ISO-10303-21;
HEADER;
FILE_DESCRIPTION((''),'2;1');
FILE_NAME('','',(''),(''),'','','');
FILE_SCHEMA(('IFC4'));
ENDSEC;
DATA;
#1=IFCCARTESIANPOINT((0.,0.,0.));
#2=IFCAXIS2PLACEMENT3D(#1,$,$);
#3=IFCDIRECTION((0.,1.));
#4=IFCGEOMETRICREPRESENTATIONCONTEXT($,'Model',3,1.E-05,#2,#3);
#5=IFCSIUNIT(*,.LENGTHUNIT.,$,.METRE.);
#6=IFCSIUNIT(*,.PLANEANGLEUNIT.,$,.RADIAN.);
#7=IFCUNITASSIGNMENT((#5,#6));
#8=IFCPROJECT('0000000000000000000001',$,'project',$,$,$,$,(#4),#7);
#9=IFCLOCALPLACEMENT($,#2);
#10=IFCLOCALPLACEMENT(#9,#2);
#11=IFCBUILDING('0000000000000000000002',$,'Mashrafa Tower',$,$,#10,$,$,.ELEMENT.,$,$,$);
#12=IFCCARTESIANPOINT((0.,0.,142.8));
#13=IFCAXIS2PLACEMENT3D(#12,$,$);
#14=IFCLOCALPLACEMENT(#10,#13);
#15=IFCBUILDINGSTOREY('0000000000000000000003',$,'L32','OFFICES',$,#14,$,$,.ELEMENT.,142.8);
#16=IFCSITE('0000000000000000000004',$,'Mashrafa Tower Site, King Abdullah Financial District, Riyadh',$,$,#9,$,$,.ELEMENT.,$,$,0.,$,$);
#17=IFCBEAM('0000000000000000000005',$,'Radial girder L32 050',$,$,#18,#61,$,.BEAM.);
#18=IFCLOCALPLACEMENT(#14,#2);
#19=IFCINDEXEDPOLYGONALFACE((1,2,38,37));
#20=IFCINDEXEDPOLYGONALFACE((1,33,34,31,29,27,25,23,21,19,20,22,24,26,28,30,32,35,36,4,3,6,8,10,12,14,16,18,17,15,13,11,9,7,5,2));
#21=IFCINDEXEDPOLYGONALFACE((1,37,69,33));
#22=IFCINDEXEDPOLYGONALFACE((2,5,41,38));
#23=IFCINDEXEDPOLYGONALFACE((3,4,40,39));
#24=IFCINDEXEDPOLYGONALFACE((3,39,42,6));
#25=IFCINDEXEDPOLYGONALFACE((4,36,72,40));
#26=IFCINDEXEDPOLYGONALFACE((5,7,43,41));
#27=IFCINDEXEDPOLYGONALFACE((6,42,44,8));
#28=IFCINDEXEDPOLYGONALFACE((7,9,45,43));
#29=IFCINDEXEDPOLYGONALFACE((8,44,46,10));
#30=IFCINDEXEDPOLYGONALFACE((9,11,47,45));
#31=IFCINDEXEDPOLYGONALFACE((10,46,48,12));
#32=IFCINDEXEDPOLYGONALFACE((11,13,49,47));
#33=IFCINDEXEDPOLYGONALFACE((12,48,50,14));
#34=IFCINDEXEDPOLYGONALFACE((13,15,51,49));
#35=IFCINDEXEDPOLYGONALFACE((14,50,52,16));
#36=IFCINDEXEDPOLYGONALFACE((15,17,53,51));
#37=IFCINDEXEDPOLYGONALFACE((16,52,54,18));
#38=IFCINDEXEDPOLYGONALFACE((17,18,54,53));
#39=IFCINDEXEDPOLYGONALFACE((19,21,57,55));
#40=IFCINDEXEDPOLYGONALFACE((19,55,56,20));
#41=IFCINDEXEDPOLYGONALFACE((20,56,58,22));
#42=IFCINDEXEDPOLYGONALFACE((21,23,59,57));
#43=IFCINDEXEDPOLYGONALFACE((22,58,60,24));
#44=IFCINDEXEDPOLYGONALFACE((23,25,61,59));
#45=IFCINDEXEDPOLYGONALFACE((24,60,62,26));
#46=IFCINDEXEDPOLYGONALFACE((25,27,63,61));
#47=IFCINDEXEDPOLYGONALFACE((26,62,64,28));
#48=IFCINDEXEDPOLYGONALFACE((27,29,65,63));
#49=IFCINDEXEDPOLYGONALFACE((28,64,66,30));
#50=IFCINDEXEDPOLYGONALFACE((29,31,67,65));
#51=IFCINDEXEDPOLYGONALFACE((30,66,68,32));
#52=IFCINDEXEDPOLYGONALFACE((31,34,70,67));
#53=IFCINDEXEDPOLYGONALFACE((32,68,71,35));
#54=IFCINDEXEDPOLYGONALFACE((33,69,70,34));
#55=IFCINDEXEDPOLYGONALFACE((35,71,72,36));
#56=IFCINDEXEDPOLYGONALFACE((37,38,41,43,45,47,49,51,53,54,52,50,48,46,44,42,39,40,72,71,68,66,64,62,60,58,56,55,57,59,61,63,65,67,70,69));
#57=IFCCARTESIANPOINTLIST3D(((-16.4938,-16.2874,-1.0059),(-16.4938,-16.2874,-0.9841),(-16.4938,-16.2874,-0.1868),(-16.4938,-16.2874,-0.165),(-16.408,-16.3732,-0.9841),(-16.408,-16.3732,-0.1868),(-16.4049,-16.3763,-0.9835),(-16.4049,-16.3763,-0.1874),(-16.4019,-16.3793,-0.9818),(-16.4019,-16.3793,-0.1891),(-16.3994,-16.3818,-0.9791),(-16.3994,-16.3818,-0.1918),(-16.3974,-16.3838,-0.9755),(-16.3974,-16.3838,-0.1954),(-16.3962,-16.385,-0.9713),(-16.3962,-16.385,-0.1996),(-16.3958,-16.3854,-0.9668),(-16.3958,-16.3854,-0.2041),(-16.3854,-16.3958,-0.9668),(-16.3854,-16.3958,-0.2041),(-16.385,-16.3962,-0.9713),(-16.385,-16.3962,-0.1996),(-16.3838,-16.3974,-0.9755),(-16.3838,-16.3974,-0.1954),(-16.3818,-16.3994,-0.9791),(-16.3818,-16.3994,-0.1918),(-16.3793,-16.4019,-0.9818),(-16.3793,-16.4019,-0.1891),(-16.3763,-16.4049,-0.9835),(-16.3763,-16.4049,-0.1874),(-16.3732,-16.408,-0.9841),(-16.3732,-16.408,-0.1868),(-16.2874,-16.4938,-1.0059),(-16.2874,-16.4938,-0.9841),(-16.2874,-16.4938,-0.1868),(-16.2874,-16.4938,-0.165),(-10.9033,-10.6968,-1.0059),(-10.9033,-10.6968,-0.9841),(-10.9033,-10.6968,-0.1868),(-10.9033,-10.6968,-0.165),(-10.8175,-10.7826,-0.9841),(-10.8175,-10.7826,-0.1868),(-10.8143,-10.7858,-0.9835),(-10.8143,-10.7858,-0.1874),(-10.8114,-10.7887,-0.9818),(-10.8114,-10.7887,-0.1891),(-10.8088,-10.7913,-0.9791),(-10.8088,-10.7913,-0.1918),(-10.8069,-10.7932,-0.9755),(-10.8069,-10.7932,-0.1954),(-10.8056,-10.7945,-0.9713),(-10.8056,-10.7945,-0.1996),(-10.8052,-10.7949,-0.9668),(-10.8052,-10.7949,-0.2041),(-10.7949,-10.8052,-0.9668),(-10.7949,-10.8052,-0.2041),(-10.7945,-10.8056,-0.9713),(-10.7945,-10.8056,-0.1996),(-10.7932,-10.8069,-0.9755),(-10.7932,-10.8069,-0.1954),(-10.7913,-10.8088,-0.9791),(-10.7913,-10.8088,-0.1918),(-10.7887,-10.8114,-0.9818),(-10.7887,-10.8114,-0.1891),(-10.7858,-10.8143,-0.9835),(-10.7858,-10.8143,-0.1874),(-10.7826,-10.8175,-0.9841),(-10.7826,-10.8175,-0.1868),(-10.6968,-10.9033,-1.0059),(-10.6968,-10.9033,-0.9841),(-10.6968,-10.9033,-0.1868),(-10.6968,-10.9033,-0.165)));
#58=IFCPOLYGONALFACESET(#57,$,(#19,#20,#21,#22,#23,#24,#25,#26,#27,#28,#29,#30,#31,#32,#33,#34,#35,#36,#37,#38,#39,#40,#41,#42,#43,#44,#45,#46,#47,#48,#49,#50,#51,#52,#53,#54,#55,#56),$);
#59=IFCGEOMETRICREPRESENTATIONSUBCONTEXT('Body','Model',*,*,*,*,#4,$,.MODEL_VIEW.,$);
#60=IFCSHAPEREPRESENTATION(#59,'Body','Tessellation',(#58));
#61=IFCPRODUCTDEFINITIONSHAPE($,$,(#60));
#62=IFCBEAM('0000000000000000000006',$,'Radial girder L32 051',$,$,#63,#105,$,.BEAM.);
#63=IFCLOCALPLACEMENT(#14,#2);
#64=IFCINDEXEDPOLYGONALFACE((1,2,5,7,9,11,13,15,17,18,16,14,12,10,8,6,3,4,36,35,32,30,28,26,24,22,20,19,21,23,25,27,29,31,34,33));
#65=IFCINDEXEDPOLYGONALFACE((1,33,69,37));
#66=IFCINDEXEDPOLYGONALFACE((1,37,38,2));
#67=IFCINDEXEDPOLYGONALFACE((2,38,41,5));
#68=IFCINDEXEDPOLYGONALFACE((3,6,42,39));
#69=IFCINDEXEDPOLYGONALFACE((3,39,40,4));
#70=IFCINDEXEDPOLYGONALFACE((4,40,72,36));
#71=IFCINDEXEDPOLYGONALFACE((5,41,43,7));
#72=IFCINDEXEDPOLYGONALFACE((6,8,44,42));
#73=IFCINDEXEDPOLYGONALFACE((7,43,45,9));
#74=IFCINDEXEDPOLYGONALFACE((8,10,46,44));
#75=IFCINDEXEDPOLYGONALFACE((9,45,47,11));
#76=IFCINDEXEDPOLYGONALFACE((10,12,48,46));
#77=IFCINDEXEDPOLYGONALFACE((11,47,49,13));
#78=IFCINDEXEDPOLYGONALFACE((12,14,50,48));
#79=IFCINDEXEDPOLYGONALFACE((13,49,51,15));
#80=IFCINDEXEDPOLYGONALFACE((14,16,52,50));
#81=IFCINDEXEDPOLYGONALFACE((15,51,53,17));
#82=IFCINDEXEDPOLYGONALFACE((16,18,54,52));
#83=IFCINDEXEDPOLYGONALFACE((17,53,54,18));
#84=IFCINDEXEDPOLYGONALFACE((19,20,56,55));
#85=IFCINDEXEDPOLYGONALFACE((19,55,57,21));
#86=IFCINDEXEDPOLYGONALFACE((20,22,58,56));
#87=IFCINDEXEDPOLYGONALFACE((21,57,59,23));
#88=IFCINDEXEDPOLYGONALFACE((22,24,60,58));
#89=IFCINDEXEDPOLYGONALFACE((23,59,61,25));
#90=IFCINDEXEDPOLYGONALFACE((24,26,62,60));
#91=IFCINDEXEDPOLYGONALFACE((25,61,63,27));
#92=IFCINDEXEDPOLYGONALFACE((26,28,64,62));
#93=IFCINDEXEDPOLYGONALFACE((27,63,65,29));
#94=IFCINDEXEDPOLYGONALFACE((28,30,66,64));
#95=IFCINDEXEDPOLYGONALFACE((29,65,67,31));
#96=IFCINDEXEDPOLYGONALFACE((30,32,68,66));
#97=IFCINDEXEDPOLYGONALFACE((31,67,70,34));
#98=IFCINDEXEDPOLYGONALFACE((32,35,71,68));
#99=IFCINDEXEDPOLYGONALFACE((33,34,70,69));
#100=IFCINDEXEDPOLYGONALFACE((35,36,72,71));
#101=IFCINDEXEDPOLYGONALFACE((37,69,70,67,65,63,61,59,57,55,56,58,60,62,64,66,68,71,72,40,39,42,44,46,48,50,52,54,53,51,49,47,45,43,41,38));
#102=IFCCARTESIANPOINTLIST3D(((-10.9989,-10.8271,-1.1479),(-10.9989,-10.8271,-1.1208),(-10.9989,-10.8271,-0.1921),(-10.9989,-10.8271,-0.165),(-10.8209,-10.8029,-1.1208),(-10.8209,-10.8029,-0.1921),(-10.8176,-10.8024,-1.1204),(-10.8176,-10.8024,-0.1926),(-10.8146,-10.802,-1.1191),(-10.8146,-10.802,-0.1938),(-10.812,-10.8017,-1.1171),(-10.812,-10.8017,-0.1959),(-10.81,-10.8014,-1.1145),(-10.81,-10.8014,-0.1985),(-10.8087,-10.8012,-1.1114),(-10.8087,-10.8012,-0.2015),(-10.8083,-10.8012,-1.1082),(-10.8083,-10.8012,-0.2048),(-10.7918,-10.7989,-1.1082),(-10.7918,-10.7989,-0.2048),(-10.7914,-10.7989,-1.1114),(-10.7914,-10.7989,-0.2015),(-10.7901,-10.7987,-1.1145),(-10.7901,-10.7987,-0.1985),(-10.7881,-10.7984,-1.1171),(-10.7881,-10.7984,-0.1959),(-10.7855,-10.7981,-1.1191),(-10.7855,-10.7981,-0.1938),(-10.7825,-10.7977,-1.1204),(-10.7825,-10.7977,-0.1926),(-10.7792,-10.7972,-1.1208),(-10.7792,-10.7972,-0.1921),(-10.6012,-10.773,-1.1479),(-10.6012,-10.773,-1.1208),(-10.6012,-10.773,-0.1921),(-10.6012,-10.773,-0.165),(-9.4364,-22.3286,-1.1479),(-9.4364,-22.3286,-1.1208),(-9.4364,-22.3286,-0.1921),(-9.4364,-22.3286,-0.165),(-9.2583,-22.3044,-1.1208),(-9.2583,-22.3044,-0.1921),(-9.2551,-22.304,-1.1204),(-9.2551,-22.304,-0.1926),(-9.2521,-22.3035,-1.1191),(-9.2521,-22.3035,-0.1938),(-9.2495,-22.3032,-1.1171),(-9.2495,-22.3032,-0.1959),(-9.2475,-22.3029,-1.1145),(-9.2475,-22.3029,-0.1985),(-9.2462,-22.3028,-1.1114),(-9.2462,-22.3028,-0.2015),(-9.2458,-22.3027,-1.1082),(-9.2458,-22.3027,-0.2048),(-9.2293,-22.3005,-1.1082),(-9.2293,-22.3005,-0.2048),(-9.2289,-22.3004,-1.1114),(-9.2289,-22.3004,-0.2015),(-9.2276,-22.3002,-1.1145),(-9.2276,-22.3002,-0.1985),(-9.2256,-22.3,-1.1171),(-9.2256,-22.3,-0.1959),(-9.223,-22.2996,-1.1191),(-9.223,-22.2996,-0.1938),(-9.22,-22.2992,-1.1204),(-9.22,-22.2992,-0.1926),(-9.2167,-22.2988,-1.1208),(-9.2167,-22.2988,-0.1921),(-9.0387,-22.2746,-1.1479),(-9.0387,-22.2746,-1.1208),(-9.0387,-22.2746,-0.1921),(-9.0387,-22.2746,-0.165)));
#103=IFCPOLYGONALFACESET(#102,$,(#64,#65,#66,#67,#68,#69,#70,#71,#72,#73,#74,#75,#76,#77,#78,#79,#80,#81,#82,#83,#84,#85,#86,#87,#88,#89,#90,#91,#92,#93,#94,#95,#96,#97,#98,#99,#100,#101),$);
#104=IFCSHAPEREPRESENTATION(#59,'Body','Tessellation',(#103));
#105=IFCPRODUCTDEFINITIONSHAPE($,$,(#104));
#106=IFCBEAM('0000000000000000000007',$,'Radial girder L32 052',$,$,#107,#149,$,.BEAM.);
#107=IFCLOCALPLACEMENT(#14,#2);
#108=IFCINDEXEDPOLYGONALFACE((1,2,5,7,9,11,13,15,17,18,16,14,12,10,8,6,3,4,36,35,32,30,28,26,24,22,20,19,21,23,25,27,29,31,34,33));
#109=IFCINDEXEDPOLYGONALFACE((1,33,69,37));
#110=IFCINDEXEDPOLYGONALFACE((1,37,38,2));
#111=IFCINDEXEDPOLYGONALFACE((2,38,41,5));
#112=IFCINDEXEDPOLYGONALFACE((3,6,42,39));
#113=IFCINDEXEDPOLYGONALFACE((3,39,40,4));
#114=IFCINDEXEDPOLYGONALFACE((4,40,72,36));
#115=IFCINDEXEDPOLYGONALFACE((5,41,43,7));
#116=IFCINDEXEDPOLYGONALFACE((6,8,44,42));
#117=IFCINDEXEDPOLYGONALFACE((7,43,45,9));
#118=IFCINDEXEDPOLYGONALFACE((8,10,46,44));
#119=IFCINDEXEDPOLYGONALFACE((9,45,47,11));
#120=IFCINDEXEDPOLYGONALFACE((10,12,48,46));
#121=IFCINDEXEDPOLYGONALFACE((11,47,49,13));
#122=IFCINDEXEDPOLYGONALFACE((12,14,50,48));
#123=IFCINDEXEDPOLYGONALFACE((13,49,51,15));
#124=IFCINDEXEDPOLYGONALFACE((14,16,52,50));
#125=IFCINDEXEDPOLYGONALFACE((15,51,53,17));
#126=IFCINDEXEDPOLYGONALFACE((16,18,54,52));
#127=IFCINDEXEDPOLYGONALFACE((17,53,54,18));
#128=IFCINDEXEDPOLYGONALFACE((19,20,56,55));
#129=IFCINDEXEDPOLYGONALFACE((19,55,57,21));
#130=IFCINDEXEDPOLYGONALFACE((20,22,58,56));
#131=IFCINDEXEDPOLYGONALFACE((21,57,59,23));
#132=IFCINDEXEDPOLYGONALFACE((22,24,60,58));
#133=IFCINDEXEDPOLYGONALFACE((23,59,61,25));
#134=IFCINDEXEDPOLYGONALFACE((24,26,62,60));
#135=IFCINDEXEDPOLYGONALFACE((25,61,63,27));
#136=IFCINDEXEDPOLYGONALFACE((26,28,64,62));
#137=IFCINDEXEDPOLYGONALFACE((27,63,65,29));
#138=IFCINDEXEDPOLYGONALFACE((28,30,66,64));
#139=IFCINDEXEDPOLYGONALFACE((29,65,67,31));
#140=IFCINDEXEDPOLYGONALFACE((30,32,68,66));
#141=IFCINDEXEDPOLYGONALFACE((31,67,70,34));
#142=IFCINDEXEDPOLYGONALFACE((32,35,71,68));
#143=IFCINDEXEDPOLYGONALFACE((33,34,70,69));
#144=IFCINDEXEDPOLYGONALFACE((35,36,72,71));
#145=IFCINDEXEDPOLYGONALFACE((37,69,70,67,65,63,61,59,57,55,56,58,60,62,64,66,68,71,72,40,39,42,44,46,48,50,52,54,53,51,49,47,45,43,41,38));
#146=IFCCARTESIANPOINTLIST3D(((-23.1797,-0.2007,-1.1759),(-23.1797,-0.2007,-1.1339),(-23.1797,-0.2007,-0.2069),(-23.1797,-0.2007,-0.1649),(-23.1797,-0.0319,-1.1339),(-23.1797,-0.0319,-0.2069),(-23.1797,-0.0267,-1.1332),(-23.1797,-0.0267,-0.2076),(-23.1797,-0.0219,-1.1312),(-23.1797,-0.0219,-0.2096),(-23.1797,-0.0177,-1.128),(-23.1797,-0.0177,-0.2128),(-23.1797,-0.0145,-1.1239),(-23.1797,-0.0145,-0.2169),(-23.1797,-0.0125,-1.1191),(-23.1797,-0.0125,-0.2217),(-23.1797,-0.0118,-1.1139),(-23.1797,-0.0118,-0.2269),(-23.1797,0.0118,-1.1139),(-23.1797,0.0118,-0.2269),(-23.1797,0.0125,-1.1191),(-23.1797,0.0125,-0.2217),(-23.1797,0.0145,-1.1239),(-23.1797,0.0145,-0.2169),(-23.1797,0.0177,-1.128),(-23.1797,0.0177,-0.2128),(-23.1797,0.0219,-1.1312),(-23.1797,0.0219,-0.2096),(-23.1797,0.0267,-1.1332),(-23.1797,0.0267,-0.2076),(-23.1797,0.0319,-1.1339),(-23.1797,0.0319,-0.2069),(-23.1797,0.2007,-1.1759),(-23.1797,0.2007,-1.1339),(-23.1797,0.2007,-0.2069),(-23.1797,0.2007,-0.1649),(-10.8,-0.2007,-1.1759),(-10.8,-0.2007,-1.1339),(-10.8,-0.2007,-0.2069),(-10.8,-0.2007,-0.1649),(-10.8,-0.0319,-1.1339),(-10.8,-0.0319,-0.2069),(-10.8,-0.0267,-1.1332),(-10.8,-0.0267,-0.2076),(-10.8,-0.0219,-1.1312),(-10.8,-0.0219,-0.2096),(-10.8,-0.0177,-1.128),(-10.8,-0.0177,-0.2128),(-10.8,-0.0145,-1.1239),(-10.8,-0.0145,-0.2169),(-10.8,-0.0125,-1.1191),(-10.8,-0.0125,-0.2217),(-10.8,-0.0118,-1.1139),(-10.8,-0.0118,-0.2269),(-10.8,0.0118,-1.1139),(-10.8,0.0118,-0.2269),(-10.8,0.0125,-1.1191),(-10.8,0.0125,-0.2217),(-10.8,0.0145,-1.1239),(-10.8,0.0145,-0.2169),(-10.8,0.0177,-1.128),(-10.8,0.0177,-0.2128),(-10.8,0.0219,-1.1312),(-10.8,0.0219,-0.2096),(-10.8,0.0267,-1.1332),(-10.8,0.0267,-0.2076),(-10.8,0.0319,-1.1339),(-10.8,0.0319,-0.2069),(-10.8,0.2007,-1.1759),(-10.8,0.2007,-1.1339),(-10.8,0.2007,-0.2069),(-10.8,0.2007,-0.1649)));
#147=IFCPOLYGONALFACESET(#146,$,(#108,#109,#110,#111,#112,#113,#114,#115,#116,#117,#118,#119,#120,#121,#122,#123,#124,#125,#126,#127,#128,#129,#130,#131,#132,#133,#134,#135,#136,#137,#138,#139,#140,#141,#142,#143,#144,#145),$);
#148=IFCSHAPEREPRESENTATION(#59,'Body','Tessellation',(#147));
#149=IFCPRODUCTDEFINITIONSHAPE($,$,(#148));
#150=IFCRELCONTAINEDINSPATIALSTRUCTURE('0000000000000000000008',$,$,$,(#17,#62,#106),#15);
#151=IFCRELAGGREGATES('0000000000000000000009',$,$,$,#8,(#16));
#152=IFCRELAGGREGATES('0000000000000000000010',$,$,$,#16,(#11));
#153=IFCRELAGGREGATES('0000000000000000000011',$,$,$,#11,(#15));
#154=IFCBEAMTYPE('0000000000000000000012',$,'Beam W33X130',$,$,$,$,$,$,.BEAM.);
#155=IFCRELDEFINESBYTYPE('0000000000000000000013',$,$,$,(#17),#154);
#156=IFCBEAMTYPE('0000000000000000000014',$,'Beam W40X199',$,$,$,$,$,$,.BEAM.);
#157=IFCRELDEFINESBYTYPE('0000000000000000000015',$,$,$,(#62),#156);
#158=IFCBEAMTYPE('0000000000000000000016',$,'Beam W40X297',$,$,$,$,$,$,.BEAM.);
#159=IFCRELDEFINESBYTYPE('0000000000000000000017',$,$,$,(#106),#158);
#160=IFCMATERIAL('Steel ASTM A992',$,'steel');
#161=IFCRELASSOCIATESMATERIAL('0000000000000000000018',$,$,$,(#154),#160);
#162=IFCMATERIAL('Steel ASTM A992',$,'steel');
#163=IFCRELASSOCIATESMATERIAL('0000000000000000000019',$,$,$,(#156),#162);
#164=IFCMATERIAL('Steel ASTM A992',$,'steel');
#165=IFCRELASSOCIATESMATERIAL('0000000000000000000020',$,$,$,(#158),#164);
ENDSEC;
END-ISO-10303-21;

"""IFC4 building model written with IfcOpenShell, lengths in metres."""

from ifc_helpers import new_model, si_unit, direction, frame, origin, origin_2d, place, context, subcontext, project, spatial, i_section, extrude, material, material_profile, profile_set, type_object, element, save


model = new_model("IFC4")

# Units and contexts
model_context = context("Model", 3, precision=1e-05, world=origin(), true_north=direction((0.0, 1.0)))
body_context = subcontext(model_context, "Body", "Model", "MODEL_VIEW")
ifc_project = project(units=[si_unit("LENGTHUNIT", "METRE"), si_unit("PLANEANGLEUNIT", "RADIAN")], contexts=[model_context])

# Site, building, storey
site_placement = place(None, origin())
site = spatial("IfcSite", under=ifc_project, at=site_placement, Name="Mashrafa Tower Site, King Abdullah Financial District, Riyadh", CompositionType="ELEMENT", RefElevation=0.0)
building_placement = place(site_placement, origin())
building = spatial("IfcBuilding", under=site, at=building_placement, Name="Mashrafa Tower", CompositionType="ELEMENT")
storey_placement = place(building_placement, frame((0.0, 0.0, 142.8)))
storey = spatial("IfcBuildingStorey", under=building, at=storey_placement, Name="L32", Description="OFFICES", CompositionType="ELEMENT", Elevation=142.8)

# Beams
ifc_material_1 = material(Name="Steel ASTM A992", Category="steel")
ifc_material_profile_1 = material_profile(ifc_material_1, i_section(OverallWidth=0.292, OverallDepth=0.8408, WebThickness=0.0146, FlangeThickness=0.0217, FilletRadius=0.0173, at=origin_2d()), Name="W33X130")
ifc_profile_set_1 = profile_set([ifc_material_profile_1], Name="Steel ASTM A992")
beam_type_1 = type_object("IfcBeamType", Name="Beam W33X130", PredefinedType="BEAM", material=ifc_profile_set_1)
beam_1_placement = place(storey_placement, frame((-10.8, -10.8, -0.5854), z_axis=(-0.707107, -0.707107, 0.0), x_axis=(0.707107, -0.707107, 0.0)))
element("IfcBeam", 1, at=beam_1_placement, inside=storey, type_object=beam_type_1, Name="Radial girder L32 050", PredefinedType="BEAM", context=body_context, shape_type="SweptSolid", body=[
    extrude(i_section(OverallWidth=0.292, OverallDepth=0.8408, WebThickness=0.0146, FlangeThickness=0.0217, FilletRadius=0.0173, at=origin_2d()), origin(), (0.0, 0.0, 1.0), 7.9062),
])
ifc_material_2 = material(Name="Steel ASTM A992", Category="steel")
ifc_material_profile_2 = material_profile(ifc_material_2, i_section(OverallWidth=0.4014, OverallDepth=0.9829, WebThickness=0.0166, FlangeThickness=0.0271, FilletRadius=0.0127, at=origin_2d()), Name="W40X199")
ifc_profile_set_2 = profile_set([ifc_material_profile_2], Name="Steel ASTM A992")
beam_type_2 = type_object("IfcBeamType", Name="Beam W40X199", PredefinedType="BEAM", material=ifc_profile_set_2)
beam_2_placement = place(storey_placement, frame((-10.8, -10.8, -0.6565), z_axis=(0.134616, -0.990898, 0.0), x_axis=(0.990898, 0.134616, 0.0)))
element("IfcBeam", 2, at=beam_2_placement, inside=storey, type_object=beam_type_2, Name="Radial girder L32 051", PredefinedType="BEAM", context=body_context, shape_type="SweptSolid", body=[
    extrude(i_section(OverallWidth=0.4014, OverallDepth=0.9829, WebThickness=0.0166, FlangeThickness=0.0271, FilletRadius=0.0127, at=origin_2d()), origin(), (0.0, 0.0, 1.0), 11.6072),
])
ifc_material_3 = material(Name="Steel ASTM A992", Category="steel")
ifc_material_profile_3 = material_profile(ifc_material_3, i_section(OverallWidth=0.4014, OverallDepth=1.011, WebThickness=0.0237, FlangeThickness=0.042, FilletRadius=0.02, at=origin_2d()), Name="W40X297")
ifc_profile_set_3 = profile_set([ifc_material_profile_3], Name="Steel ASTM A992")
beam_type_3 = type_object("IfcBeamType", Name="Beam W40X297", PredefinedType="BEAM", material=ifc_profile_set_3)
beam_3_placement = place(storey_placement, frame((-10.8, 0.0, -0.6704), z_axis=(-1.0, 0.0, 0.0), x_axis=(0.0, -1.0, 0.0)))
element("IfcBeam", 3, at=beam_3_placement, inside=storey, type_object=beam_type_3, Name="Radial girder L32 052", PredefinedType="BEAM", context=body_context, shape_type="SweptSolid", body=[
    extrude(i_section(OverallWidth=0.4014, OverallDepth=1.011, WebThickness=0.0237, FlangeThickness=0.042, FilletRadius=0.02, at=origin_2d()), origin(), (0.0, 0.0, 1.0), 12.3796),
])

save(model, "model.ifc")
